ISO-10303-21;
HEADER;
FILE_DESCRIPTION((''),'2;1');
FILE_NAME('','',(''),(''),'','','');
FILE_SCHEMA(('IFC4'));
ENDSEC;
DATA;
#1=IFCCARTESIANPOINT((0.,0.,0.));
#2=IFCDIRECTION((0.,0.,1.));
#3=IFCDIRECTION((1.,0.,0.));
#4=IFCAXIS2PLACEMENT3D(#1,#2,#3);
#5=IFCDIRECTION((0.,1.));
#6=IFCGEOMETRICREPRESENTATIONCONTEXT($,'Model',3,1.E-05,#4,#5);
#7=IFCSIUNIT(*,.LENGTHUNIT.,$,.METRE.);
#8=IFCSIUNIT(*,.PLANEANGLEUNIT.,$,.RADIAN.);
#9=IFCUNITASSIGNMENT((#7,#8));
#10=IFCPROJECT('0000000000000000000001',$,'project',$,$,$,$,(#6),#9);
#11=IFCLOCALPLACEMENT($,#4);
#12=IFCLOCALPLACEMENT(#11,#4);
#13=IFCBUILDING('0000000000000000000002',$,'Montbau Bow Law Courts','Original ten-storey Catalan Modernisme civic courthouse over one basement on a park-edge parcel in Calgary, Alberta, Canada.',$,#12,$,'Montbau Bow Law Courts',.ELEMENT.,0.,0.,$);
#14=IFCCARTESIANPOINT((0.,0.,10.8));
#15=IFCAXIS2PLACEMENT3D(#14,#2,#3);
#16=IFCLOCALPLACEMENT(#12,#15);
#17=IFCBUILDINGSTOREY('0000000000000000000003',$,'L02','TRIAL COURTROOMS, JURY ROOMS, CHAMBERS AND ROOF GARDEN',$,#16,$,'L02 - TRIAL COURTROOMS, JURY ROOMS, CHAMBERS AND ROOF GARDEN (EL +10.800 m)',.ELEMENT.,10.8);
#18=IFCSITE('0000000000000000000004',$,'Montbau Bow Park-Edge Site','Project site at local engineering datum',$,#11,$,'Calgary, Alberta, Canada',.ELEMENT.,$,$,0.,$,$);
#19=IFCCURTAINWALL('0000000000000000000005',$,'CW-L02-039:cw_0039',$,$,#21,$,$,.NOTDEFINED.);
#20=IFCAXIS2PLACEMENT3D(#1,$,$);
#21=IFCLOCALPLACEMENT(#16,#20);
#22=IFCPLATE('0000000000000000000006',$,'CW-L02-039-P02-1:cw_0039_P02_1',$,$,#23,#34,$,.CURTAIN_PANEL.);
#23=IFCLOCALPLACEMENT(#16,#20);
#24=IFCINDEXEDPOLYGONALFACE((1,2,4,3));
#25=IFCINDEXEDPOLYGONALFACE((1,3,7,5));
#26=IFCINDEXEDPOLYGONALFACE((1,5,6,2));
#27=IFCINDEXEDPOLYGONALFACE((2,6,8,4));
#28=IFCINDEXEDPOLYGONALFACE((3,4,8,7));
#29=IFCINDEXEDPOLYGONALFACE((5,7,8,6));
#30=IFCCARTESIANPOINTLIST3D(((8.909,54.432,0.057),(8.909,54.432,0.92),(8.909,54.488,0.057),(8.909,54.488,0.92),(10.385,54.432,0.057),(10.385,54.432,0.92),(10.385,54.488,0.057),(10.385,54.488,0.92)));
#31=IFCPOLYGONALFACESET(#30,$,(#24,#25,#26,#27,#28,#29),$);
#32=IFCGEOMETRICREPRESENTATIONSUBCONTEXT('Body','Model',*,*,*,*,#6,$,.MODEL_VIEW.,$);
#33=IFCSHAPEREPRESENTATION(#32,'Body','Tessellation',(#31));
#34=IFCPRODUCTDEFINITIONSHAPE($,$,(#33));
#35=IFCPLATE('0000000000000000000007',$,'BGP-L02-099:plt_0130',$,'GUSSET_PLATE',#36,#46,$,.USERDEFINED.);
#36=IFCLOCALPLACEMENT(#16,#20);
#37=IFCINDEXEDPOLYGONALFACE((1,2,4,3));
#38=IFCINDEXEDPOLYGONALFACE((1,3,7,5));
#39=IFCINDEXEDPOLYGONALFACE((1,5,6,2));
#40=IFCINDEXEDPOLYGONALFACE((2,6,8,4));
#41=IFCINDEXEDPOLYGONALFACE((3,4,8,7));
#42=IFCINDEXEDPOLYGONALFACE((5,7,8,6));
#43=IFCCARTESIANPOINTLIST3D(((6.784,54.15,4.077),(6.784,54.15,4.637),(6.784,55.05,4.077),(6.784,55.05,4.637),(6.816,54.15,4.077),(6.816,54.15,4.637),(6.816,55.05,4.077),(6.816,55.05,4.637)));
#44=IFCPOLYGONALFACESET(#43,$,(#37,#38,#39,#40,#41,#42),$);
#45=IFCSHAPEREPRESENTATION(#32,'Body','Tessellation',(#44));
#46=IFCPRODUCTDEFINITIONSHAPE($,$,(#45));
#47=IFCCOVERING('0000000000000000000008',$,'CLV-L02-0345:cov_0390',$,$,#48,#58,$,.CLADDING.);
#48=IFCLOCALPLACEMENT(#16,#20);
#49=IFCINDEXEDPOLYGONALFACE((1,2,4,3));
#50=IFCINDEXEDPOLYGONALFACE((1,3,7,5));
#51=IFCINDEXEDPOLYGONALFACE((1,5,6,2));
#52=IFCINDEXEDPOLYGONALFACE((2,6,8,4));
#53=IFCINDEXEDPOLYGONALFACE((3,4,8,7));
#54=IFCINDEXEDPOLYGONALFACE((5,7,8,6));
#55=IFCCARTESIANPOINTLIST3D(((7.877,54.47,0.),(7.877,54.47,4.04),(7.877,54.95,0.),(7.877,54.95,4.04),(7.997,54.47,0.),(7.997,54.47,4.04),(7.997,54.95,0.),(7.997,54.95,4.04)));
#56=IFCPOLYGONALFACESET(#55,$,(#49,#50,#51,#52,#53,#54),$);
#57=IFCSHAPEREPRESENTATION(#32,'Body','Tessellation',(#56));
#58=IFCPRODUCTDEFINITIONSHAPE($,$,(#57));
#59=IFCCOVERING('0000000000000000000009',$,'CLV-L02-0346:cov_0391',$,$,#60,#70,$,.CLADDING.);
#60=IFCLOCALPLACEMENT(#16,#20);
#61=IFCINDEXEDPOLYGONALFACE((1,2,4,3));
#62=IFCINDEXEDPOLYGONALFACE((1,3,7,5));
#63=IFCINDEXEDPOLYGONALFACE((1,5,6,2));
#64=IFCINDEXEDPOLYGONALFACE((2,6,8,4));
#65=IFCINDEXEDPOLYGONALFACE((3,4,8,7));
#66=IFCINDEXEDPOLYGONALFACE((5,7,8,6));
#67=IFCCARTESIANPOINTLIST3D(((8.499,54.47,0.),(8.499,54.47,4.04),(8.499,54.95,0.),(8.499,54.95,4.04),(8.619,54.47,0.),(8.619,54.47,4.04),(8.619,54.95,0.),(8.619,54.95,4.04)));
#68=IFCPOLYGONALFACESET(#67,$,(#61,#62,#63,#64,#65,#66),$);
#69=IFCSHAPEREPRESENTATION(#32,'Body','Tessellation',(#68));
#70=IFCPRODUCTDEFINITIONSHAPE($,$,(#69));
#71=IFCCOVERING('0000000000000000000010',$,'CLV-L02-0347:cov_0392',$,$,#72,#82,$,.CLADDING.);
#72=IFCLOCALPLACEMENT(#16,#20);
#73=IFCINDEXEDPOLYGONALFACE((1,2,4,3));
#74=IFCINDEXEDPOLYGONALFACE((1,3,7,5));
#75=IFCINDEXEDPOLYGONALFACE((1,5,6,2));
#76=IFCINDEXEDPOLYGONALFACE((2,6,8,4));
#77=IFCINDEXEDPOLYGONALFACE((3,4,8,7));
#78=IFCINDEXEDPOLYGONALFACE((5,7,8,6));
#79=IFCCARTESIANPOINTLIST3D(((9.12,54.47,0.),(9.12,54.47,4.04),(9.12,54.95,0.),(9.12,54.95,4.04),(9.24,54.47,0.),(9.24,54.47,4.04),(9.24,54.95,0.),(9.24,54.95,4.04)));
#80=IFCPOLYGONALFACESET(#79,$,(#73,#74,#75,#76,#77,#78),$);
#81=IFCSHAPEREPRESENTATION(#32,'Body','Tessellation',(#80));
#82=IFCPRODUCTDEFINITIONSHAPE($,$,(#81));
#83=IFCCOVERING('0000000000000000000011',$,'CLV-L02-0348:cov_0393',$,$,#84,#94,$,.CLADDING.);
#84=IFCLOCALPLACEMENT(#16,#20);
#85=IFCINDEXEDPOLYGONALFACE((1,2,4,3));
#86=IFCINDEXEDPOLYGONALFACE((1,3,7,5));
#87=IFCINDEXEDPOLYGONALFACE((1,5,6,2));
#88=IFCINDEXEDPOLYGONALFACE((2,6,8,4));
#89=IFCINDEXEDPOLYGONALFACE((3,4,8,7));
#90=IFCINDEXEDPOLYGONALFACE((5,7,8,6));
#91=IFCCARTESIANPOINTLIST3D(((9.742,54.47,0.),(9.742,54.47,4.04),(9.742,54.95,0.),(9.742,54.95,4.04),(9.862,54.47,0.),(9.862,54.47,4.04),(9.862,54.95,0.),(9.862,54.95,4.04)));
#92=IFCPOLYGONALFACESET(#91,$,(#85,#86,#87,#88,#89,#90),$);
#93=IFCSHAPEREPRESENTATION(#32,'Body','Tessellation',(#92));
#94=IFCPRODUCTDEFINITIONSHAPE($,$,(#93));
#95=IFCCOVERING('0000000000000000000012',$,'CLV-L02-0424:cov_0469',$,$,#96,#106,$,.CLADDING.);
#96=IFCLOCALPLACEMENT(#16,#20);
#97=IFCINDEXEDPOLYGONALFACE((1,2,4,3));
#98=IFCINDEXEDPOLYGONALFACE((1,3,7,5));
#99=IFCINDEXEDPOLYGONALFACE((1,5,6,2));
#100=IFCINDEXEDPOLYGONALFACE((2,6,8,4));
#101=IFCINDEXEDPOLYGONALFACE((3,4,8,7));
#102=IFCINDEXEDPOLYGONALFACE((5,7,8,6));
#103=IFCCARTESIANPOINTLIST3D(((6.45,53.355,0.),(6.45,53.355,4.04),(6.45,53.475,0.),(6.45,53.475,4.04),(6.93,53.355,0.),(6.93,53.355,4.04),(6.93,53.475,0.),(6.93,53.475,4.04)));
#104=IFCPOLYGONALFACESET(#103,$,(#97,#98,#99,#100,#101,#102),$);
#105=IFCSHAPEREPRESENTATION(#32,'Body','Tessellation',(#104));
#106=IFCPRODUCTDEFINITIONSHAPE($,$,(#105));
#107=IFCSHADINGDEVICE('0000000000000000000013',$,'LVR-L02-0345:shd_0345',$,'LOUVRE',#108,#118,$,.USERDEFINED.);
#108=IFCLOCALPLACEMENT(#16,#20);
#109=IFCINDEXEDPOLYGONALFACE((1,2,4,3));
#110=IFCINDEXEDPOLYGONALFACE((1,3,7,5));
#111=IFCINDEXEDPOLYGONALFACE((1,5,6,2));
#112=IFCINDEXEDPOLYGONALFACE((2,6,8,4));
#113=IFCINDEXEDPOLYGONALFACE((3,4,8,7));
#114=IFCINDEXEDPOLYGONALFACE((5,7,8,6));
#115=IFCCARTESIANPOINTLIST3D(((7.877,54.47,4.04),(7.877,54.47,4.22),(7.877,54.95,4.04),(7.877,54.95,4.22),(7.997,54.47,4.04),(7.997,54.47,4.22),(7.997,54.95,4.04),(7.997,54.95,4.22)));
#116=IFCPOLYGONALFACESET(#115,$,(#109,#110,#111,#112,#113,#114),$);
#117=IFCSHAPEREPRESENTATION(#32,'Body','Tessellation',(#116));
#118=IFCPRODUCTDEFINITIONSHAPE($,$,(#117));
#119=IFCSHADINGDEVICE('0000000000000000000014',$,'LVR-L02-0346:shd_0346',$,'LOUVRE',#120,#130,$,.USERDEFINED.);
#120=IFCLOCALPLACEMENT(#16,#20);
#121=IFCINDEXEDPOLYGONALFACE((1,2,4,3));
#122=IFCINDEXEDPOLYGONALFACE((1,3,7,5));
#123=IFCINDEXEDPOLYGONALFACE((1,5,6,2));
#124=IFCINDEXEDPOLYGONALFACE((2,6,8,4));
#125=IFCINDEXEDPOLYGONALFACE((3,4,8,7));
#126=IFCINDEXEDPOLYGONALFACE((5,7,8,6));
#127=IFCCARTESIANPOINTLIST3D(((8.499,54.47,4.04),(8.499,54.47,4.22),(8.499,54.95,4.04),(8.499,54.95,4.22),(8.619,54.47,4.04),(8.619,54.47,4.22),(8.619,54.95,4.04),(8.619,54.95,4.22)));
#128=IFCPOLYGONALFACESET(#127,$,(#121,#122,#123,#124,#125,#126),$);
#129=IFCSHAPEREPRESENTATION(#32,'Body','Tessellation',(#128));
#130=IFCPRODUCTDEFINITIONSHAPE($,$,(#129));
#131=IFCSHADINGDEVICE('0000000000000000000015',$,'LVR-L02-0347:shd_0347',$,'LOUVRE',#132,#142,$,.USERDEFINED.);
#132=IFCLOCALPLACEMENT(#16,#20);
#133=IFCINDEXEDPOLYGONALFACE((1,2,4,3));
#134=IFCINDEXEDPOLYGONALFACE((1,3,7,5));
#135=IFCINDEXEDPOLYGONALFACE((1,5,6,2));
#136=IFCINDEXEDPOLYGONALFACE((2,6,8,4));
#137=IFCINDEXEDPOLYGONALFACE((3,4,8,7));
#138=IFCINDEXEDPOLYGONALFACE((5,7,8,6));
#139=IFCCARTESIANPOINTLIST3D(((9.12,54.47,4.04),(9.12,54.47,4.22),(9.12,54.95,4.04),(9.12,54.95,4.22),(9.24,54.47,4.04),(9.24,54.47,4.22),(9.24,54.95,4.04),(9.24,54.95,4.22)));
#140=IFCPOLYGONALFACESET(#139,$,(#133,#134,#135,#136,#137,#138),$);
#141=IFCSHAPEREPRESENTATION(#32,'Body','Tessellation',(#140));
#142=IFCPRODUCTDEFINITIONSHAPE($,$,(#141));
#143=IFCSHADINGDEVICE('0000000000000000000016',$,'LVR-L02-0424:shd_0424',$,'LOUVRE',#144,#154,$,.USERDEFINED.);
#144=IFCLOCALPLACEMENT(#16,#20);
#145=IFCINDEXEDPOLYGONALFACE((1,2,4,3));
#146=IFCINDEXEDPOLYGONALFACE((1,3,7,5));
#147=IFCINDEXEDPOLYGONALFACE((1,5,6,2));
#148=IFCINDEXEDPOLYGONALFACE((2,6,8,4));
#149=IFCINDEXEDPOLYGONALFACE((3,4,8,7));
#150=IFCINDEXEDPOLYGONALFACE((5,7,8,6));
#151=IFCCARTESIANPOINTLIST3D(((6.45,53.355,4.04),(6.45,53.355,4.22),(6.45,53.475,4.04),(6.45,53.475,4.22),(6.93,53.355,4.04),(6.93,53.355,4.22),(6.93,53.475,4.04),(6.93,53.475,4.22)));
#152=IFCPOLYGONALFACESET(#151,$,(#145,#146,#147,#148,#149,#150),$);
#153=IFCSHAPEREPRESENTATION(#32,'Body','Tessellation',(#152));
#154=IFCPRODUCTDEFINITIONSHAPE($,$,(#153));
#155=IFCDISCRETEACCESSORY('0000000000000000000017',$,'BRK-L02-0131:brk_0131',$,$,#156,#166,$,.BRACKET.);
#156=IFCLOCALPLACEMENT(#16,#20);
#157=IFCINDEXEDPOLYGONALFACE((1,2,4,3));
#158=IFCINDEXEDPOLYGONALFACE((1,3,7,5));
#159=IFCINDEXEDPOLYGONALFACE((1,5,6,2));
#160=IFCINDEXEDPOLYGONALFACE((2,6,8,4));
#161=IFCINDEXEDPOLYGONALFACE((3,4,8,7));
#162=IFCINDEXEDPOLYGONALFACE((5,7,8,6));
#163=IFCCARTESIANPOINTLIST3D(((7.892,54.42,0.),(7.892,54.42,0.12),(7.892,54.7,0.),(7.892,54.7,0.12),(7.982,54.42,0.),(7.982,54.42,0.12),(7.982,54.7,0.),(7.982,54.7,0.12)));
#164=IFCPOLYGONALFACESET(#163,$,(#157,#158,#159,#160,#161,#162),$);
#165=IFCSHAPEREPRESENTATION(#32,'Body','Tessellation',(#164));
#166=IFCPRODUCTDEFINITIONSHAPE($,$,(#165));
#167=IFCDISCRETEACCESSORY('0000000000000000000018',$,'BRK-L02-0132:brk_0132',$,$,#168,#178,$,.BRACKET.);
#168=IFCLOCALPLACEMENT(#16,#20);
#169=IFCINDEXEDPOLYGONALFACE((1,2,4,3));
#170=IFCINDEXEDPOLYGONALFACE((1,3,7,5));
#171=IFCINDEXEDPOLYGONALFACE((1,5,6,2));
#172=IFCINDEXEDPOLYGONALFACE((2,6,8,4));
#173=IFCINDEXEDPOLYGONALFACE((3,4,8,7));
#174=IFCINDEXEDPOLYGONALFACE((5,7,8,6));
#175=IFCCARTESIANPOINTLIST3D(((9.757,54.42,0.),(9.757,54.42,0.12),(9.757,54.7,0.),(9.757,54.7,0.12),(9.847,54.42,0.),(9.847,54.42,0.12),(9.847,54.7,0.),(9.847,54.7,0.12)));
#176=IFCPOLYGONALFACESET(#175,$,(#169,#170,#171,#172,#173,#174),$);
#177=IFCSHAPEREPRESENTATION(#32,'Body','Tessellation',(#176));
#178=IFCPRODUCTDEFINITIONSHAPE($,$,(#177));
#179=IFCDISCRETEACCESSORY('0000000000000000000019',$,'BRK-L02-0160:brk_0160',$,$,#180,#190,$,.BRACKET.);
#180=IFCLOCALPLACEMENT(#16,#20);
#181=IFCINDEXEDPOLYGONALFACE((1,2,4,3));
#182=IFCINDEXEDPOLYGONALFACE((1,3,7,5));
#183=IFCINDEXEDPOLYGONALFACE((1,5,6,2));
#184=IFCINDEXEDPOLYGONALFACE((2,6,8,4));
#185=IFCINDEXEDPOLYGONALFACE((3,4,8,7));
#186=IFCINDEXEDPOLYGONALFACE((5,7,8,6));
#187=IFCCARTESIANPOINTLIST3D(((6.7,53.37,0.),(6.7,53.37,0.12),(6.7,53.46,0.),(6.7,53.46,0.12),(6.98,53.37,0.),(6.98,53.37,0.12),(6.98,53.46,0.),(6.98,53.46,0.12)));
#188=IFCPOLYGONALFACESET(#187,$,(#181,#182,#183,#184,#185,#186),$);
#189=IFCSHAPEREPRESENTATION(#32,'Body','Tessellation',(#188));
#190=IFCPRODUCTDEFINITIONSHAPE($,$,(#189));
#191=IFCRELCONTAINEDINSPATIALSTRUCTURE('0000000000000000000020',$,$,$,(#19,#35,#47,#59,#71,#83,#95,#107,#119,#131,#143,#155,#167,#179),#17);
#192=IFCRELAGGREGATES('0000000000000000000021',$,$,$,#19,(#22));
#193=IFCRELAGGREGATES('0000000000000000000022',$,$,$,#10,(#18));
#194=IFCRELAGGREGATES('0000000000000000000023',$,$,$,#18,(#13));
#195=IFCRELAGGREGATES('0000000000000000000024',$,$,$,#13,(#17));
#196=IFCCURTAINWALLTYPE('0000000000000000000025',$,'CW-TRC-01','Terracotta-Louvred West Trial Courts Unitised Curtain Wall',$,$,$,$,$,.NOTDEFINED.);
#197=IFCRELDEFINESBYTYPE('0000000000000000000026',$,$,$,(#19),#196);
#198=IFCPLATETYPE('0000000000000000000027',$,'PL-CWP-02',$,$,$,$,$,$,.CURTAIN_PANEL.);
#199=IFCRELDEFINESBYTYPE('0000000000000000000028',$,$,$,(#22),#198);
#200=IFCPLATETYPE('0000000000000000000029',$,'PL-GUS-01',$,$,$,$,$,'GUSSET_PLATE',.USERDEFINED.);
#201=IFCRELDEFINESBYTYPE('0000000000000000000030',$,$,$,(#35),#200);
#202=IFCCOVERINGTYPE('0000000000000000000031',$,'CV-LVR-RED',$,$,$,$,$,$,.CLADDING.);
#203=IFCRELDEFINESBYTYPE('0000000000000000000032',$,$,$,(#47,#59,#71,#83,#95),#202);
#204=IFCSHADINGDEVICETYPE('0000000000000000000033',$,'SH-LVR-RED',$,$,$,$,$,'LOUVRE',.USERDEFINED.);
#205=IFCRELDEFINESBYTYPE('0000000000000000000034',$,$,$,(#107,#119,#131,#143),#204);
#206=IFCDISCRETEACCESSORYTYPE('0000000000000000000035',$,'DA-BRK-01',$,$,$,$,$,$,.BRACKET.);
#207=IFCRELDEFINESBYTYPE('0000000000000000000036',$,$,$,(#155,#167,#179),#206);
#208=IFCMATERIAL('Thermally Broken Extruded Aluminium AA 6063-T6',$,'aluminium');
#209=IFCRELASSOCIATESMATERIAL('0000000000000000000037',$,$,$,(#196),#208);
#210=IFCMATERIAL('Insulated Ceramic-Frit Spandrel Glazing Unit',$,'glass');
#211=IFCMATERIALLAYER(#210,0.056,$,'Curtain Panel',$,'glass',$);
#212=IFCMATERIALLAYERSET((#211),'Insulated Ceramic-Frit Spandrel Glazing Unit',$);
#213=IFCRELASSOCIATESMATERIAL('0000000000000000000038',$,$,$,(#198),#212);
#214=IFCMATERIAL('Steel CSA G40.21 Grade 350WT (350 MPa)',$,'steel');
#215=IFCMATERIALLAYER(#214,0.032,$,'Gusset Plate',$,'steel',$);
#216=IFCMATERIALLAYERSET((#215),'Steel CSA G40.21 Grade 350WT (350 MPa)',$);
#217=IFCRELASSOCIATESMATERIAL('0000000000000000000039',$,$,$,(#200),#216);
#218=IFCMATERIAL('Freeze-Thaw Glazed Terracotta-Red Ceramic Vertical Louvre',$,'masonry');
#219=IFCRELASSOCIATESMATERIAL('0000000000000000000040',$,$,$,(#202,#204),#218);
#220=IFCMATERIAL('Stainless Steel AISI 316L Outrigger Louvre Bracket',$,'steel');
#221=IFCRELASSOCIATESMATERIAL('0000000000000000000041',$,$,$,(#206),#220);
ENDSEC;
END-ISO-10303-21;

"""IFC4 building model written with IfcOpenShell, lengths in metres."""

from ifc_helpers import new_model, si_unit, direction, frame, frame_2d, origin_with_axes, origin_2d_with_axis, place, context, subcontext, project, spatial, rectangle, extrude, material, layer, layer_set, type_object, element, aggregate, save


model = new_model("IFC4")

# Units and contexts
model_context = context("Model", 3, precision=1e-05, world=origin_with_axes(), true_north=direction((0.0, 1.0)))
body_context = subcontext(model_context, "Body", "Model", "MODEL_VIEW")
ifc_project = project(units=[si_unit("LENGTHUNIT", "METRE"), si_unit("PLANEANGLEUNIT", "RADIAN")], contexts=[model_context])

# Site, building, storey
site_placement = place(None, origin_with_axes())
site = spatial("IfcSite", under=ifc_project, at=site_placement, Name="Montbau Bow Park-Edge Site", Description="Project site at local engineering datum", LongName="Calgary, Alberta, Canada", CompositionType="ELEMENT", RefElevation=0.0)
building_placement = place(site_placement, origin_with_axes())
building = spatial("IfcBuilding", under=site, at=building_placement, Name="Montbau Bow Law Courts", Description="Original ten-storey Catalan Modernisme civic courthouse over one basement on a park-edge parcel in Calgary, Alberta, Canada.", LongName="Montbau Bow Law Courts", CompositionType="ELEMENT", ElevationOfRefHeight=0.0, ElevationOfTerrain=0.0)
storey_placement = place(building_placement, frame((0.0, 0.0, 10.8), z_axis=(0.0, 0.0, 1.0), x_axis=(1.0, 0.0, 0.0)))
storey = spatial("IfcBuildingStorey", under=building, at=storey_placement, Name="L02", Description="TRIAL COURTROOMS, JURY ROOMS, CHAMBERS AND ROOF GARDEN", LongName="L02 - TRIAL COURTROOMS, JURY ROOMS, CHAMBERS AND ROOF GARDEN (EL +10.800 m)", CompositionType="ELEMENT", Elevation=10.8)

# Shared definitions
ifc_material_1 = material(Name="Steel CSA G40.21 Grade 350WT (350 MPa)", Category="steel")

# Curtain wall
ifc_material_2 = material(Name="Thermally Broken Extruded Aluminium AA 6063-T6", Category="aluminium")
curtain_wall_type = type_object("IfcCurtainWallType", Name="CW-TRC-01", Description="Terracotta-Louvred West Trial Courts Unitised Curtain Wall", PredefinedType="NOTDEFINED", material=ifc_material_2)
curtain_wall_1_placement = place(None, frame((7.315, 54.46, 10.8), z_axis=(0.0, 0.0, 1.0), x_axis=(1.0, 0.0, 0.0)))
curtain_wall_1 = element("IfcCurtainWall", 1, at=curtain_wall_1_placement, inside=storey, type_object=curtain_wall_type, Name="CW-L02-039:cw_0039", PredefinedType="NOTDEFINED")

# Plates
ifc_material_3 = material(Name="Insulated Ceramic-Frit Spandrel Glazing Unit", Category="glass")
ifc_layer_1 = layer(ifc_material_3, 0.056, Name="Curtain Panel", Category="glass")
ifc_layer_set_1 = layer_set([ifc_layer_1], Name="Insulated Ceramic-Frit Spandrel Glazing Unit")
plate_type_1 = type_object("IfcPlateType", Name="PL-CWP-02", PredefinedType="CURTAIN_PANEL", material=ifc_layer_set_1)
plate_1_placement = place(None, frame((8.909, 54.46, 10.857), z_axis=(0.0, -1.0, 0.0), x_axis=(1.0, 0.0, 0.0)))
plate_1 = element("IfcPlate", 2, at=plate_1_placement, type_object=plate_type_1, Name="CW-L02-039-P02-1:cw_0039_P02_1", PredefinedType="CURTAIN_PANEL", context=body_context, shape_type="SweptSolid", body=[
    extrude(rectangle(XDim=1.476, YDim=0.863, at=frame_2d((0.738, 0.4315), x_axis=(1.0, 0.0))), frame((0.0, 0.0, -0.028), z_axis=(0.0, 0.0, 1.0), x_axis=(1.0, 0.0, 0.0)), (0.0, 0.0, 1.0), 0.056),
])
aggregate(curtain_wall_1, [plate_1])
ifc_layer_2 = layer(ifc_material_1, 0.032, Name="Gusset Plate", Category="steel")
ifc_layer_set_2 = layer_set([ifc_layer_2], Name="Steel CSA G40.21 Grade 350WT (350 MPa)")
plate_type_2 = type_object("IfcPlateType", Name="PL-GUS-01", ElementType="GUSSET_PLATE", PredefinedType="USERDEFINED", material=ifc_layer_set_2)
plate_2_placement = place(None, frame((6.8, 54.6, 14.877), z_axis=(0.0, 0.0, 1.0), x_axis=(0.0, 1.0, 0.0)))
element("IfcPlate", 3, at=plate_2_placement, inside=storey, type_object=plate_type_2, Name="BGP-L02-099:plt_0130", ObjectType="GUSSET_PLATE", PredefinedType="USERDEFINED", context=body_context, shape_type="SweptSolid", body=[
    extrude(rectangle(XDim=0.9, YDim=0.032, at=origin_2d_with_axis()), origin_with_axes(), (0.0, 0.0, 1.0), 0.56),
])

# Coverings
ifc_material_4 = material(Name="Freeze-Thaw Glazed Terracotta-Red Ceramic Vertical Louvre", Category="masonry")
covering_type = type_object("IfcCoveringType", Name="CV-LVR-RED", PredefinedType="CLADDING", material=ifc_material_4)
for number, where, z_axis, x_axis, name in (
    (4, (7.937, 54.47, 10.8), (1.0, 0.0, 0.0), (0.0, 1.0, 0.0), "CLV-L02-0345:cov_0390"),
    (5, (8.559, 54.47, 10.8), (1.0, 0.0, 0.0), (0.0, 1.0, 0.0), "CLV-L02-0346:cov_0391"),
    (6, (9.18, 54.47, 10.8), (1.0, 0.0, 0.0), (0.0, 1.0, 0.0), "CLV-L02-0347:cov_0392"),
    (7, (9.802, 54.47, 10.8), (1.0, 0.0, 0.0), (0.0, 1.0, 0.0), "CLV-L02-0348:cov_0393"),
    (8, (6.93, 53.415, 10.8), (0.0, 1.0, 0.0), (-1.0, 0.0, 0.0), "CLV-L02-0424:cov_0469"),
):
    element("IfcCovering", number, at=place(None, frame(where, z_axis=z_axis, x_axis=x_axis)), inside=storey, type_object=covering_type, Name=name, PredefinedType="CLADDING", context=body_context, shape_type="SweptSolid", body=[
        extrude(rectangle(XDim=0.48, YDim=4.04, at=frame_2d((0.24, 2.02), x_axis=(1.0, 0.0))), frame((0.0, 0.0, -0.06), z_axis=(0.0, 0.0, 1.0), x_axis=(1.0, 0.0, 0.0)), (0.0, 0.0, 1.0), 0.12),
    ])

# Shading devices
shading_device_type = type_object("IfcShadingDeviceType", Name="SH-LVR-RED", ElementType="LOUVRE", PredefinedType="USERDEFINED", material=ifc_material_4)
for number, where, z_axis, x_axis, name in (
    (9, (7.937, 54.71, 14.84), (0.0, 0.0, 1.0), (0.0, 1.0, 0.0), "LVR-L02-0345:shd_0345"),
    (10, (8.559, 54.71, 14.84), (0.0, 0.0, 1.0), (0.0, 1.0, 0.0), "LVR-L02-0346:shd_0346"),
    (11, (9.18, 54.71, 14.84), (0.0, 0.0, 1.0), (0.0, 1.0, 0.0), "LVR-L02-0347:shd_0347"),
    (12, (6.69, 53.415, 14.84), (0.0, 0.0, 1.0), (-1.0, 0.0, 0.0), "LVR-L02-0424:shd_0424"),
):
    element("IfcShadingDevice", number, at=place(None, frame(where, z_axis=z_axis, x_axis=x_axis)), inside=storey, type_object=shading_device_type, Name=name, ObjectType="LOUVRE", PredefinedType="USERDEFINED", context=body_context, shape_type="SweptSolid", body=[
        extrude(rectangle(XDim=0.48, YDim=0.12, at=origin_2d_with_axis()), origin_with_axes(), (0.0, 0.0, 1.0), 0.18),
    ])

# Discrete accessories
ifc_material_5 = material(Name="Stainless Steel AISI 316L Outrigger Louvre Bracket", Category="steel")
discrete_accessory_type = type_object("IfcDiscreteAccessoryType", Name="DA-BRK-01", PredefinedType="BRACKET", material=ifc_material_5)
for number, where, z_axis, x_axis, name in (
    (13, (7.937, 54.56, 10.8), (0.0, 0.0, 1.0), (0.0, 1.0, 0.0), "BRK-L02-0131:brk_0131"),
    (14, (9.802, 54.56, 10.8), (0.0, 0.0, 1.0), (0.0, 1.0, 0.0), "BRK-L02-0132:brk_0132"),
    (15, (6.84, 53.415, 10.8), (0.0, 0.0, 1.0), (-1.0, 0.0, 0.0), "BRK-L02-0160:brk_0160"),
):
    element("IfcDiscreteAccessory", number, at=place(None, frame(where, z_axis=z_axis, x_axis=x_axis)), inside=storey, type_object=discrete_accessory_type, Name=name, PredefinedType="BRACKET", context=body_context, shape_type="SweptSolid", body=[
        extrude(rectangle(XDim=0.28, YDim=0.09, at=origin_2d_with_axis()), origin_with_axes(), (0.0, 0.0, 1.0), 0.12),
    ])

save(model, "model.ifc")
